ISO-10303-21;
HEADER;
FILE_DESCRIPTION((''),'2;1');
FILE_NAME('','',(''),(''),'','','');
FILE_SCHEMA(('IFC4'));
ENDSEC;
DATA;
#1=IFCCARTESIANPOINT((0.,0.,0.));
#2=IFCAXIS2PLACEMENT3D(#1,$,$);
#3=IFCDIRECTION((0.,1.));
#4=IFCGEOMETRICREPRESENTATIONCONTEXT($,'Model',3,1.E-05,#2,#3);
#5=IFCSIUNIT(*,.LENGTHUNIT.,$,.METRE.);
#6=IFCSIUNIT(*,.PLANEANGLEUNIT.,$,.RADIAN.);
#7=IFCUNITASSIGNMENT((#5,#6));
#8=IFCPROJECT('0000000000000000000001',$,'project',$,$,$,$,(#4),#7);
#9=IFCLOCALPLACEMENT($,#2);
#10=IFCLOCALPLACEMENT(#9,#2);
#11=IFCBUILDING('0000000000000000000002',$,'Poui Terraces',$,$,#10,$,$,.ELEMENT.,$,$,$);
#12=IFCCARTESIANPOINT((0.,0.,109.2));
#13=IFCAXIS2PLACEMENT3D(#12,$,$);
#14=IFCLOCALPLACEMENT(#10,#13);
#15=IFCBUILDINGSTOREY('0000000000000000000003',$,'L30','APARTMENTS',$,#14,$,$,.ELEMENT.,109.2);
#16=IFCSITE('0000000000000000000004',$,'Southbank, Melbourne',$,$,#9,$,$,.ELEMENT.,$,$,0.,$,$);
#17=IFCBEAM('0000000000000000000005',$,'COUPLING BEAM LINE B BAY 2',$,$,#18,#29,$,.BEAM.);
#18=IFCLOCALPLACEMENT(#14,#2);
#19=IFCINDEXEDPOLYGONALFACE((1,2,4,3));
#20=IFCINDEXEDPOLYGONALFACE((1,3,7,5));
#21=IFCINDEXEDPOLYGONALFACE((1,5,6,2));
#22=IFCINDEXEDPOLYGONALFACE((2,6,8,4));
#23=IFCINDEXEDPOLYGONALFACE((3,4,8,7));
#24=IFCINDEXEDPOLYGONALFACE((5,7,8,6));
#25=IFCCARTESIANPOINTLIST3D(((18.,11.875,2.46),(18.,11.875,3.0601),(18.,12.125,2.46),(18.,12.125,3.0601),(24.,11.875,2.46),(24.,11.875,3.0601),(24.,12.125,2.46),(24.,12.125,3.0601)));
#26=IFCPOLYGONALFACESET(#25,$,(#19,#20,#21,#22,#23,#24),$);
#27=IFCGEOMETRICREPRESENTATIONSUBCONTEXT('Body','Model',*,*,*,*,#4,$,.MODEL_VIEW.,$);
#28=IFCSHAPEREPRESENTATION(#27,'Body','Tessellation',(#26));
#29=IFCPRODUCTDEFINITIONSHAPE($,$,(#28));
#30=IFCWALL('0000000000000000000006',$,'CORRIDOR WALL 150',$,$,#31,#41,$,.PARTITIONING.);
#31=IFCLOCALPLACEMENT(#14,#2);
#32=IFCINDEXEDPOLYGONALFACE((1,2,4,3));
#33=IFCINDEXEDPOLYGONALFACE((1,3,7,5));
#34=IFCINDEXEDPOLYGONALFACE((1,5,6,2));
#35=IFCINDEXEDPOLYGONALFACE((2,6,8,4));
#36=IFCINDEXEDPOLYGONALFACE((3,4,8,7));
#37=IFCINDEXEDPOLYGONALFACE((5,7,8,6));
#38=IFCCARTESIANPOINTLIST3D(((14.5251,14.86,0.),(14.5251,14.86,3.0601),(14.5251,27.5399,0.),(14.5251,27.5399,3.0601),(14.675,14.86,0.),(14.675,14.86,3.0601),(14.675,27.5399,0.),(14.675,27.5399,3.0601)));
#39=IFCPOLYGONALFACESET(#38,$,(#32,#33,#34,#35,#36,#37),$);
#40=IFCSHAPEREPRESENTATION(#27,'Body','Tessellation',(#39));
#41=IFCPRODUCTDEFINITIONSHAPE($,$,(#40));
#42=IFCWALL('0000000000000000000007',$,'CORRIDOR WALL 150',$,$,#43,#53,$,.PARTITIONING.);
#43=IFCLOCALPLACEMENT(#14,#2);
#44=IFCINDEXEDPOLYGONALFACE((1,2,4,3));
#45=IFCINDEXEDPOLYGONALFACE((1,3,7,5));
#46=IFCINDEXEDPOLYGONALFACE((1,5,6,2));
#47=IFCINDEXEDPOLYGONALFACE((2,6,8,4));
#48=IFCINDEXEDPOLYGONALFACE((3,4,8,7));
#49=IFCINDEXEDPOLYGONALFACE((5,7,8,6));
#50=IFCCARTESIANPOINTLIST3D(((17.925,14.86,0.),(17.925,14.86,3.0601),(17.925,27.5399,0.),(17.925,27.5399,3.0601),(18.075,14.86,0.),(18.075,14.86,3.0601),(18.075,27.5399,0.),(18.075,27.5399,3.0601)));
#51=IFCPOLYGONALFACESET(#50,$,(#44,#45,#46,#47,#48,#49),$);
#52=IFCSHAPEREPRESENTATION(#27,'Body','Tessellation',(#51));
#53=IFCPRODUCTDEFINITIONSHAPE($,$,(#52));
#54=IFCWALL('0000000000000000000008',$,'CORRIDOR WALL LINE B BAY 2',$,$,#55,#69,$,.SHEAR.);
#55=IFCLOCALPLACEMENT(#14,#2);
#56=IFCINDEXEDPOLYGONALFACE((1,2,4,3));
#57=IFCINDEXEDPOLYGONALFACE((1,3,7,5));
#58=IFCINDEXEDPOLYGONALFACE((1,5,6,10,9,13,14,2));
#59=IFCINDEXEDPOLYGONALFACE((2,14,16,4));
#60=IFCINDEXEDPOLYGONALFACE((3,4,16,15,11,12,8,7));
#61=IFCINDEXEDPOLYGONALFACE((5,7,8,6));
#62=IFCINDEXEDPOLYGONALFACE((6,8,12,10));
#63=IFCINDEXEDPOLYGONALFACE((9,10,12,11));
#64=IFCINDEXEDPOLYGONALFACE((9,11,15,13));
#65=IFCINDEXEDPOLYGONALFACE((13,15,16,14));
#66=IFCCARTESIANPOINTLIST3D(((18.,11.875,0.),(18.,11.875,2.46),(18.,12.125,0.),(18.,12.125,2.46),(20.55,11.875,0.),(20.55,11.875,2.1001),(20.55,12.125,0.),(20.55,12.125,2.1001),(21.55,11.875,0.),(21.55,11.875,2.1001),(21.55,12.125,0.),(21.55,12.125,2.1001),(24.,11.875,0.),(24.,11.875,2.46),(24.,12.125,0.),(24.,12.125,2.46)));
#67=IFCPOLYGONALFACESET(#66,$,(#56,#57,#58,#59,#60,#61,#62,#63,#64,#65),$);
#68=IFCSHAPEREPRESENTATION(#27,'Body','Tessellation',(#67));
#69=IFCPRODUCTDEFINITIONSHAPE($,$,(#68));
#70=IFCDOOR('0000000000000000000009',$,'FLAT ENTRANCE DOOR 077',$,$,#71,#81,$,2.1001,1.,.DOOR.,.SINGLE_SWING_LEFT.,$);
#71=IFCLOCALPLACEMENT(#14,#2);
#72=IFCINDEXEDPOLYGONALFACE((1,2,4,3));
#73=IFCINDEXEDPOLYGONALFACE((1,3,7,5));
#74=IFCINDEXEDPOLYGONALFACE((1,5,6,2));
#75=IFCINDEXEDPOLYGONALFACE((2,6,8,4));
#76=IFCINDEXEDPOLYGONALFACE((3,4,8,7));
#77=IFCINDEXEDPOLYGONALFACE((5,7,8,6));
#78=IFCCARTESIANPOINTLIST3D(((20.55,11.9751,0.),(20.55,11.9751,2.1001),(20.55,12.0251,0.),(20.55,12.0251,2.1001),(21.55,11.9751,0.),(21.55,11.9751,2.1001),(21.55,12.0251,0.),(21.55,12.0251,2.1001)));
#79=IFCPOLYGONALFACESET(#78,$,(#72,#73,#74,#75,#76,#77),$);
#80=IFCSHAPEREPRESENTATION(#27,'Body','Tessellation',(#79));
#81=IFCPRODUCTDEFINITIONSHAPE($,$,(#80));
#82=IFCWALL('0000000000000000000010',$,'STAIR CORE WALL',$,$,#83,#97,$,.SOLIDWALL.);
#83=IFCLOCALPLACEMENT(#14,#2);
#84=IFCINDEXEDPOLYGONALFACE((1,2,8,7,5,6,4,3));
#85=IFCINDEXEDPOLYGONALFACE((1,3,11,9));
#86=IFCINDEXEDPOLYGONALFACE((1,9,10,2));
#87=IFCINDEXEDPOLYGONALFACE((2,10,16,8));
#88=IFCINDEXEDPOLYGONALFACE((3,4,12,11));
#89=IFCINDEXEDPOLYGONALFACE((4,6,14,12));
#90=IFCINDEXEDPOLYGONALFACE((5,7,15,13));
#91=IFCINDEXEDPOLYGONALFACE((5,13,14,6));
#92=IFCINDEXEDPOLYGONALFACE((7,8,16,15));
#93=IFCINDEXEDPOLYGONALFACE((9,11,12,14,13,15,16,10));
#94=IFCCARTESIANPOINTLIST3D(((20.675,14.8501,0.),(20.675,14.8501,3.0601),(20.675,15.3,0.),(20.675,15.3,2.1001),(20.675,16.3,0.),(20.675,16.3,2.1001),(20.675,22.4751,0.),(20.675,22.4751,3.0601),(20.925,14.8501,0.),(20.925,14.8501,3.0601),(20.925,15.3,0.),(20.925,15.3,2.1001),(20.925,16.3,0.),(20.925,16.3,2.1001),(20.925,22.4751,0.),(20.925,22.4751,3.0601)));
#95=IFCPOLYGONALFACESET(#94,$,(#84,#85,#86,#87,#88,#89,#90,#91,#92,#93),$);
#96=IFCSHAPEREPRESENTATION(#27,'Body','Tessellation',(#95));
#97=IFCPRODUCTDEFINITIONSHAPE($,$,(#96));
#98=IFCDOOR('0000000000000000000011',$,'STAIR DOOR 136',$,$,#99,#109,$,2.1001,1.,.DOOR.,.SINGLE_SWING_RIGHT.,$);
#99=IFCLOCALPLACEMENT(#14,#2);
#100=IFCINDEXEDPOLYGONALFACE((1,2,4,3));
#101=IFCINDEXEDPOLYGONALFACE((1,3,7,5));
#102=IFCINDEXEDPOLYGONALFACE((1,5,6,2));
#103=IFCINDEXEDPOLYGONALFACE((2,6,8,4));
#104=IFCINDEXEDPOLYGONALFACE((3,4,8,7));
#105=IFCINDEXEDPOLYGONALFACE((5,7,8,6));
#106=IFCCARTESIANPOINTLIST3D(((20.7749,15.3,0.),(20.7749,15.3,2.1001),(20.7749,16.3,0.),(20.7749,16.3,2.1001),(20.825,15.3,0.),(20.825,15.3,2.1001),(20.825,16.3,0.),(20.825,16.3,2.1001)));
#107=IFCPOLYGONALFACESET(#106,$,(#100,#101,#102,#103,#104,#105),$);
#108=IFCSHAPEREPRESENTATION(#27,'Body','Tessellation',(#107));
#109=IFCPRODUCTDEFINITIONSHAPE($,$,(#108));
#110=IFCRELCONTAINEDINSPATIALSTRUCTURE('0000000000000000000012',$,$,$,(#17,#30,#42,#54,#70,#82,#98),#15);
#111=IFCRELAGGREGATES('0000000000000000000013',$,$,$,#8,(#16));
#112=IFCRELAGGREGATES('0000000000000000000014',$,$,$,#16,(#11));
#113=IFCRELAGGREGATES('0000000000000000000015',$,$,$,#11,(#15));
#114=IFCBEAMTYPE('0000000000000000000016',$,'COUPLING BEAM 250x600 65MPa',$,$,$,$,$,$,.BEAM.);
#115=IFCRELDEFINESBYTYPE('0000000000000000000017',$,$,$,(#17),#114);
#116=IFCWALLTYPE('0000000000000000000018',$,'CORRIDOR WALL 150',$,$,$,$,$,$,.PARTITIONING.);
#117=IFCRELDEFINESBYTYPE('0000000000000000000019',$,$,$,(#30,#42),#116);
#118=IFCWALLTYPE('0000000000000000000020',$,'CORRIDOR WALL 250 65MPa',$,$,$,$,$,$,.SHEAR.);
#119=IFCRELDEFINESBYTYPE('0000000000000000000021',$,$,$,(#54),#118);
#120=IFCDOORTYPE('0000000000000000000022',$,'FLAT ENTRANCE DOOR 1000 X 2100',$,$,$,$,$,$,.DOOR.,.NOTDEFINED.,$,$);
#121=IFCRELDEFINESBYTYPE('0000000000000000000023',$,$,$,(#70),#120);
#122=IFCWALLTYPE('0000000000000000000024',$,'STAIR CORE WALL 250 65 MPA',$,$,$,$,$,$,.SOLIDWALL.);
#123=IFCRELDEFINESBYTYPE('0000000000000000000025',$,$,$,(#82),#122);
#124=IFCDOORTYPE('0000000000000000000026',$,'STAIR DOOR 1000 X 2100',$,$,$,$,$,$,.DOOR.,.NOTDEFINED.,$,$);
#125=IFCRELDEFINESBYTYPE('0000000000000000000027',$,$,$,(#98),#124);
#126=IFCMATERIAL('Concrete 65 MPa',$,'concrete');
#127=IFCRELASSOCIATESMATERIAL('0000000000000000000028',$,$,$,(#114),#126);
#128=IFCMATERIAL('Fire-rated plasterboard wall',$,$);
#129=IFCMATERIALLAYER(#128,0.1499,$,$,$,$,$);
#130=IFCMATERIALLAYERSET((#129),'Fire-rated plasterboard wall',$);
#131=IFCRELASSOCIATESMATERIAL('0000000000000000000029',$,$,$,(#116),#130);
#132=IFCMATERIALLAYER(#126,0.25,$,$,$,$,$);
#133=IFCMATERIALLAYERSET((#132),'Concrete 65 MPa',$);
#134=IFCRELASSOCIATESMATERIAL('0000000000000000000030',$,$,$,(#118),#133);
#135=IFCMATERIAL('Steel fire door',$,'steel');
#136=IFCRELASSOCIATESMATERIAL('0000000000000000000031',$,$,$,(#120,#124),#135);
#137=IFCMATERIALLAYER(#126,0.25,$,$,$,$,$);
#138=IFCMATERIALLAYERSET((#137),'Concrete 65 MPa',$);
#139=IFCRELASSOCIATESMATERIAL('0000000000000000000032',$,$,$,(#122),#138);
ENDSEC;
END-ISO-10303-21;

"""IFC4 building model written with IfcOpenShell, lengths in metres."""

from ifc_helpers import new_model, si_unit, direction, frame, frame_2d, origin, origin_2d, place, context, subcontext, project, spatial, rectangle, extrude, source, transform, mapped, material, layer, layer_set, material_profile, profile_set, type_object, element, fill, save


model = new_model("IFC4")

# Units and contexts
model_context = context("Model", 3, precision=1e-05, world=origin(), true_north=direction((0.0, 1.0)))
body_context = subcontext(model_context, "Body", "Model", "MODEL_VIEW")
ifc_project = project(units=[si_unit("LENGTHUNIT", "METRE"), si_unit("PLANEANGLEUNIT", "RADIAN")], contexts=[model_context])

# Site, building, storey
site_placement = place(None, origin())
site = spatial("IfcSite", under=ifc_project, at=site_placement, Name="Southbank, Melbourne", CompositionType="ELEMENT", RefElevation=0.0)
building_placement = place(site_placement, origin())
building = spatial("IfcBuilding", under=site, at=building_placement, Name="Poui Terraces", CompositionType="ELEMENT")
storey_placement = place(building_placement, frame((0.0, 0.0, 109.2)))
storey = spatial("IfcBuildingStorey", under=building, at=storey_placement, Name="L30", Description="APARTMENTS", CompositionType="ELEMENT", Elevation=109.2)

# Beam
ifc_material_1 = material(Name="Concrete 65 MPa", Category="concrete")
ifc_material_profile = material_profile(ifc_material_1, rectangle(XDim=0.25, YDim=0.6001, at=origin_2d()), Name="RC 250x600")
ifc_profile_set = profile_set([ifc_material_profile], Name="Concrete 65 MPa")
beam_type = type_object("IfcBeamType", Name="COUPLING BEAM 250x600 65MPa", PredefinedType="BEAM", material=ifc_profile_set)
shared_shape = source(origin(), body_context, "Body", "SweptSolid", [
    extrude(rectangle(XDim=0.25, YDim=0.6001, at=origin_2d()), origin(), (0.0, 0.0, 1.0), 6.0),
])
beam_placement = place(storey_placement, frame((18.0, 12.0, 2.76), z_axis=(1.0, 0.0, 0.0), x_axis=(0.0, 1.0, 0.0)))
element("IfcBeam", 1, at=beam_placement, inside=storey, type_object=beam_type, Name="COUPLING BEAM LINE B BAY 2", PredefinedType="BEAM", context=body_context, shape_type="MappedRepresentation", body=[
    mapped(shared_shape, transform((0.0, 0.0, 0.0))),
])

# Walls
ifc_material_2 = material(Name="Fire-rated plasterboard wall")
ifc_layer_1 = layer(ifc_material_2, 0.1499)
ifc_layer_set_1 = layer_set([ifc_layer_1], Name="Fire-rated plasterboard wall")
wall_type_1 = type_object("IfcWallType", Name="CORRIDOR WALL 150", PredefinedType="PARTITIONING", material=ifc_layer_set_1)
for number, where, z_axis, x_axis, name in (
    (2, (14.6001, 14.8601, 0.0), (0.0, 0.0, 1.0), (0.0, 1.0, 0.0), "CORRIDOR WALL 150"),
    (3, (18.0, 14.8601, 0.0), (0.0, 0.0, 1.0), (0.0, 1.0, 0.0), "CORRIDOR WALL 150"),
):
    element("IfcWall", number, at=place(storey_placement, frame(where, z_axis=z_axis, x_axis=x_axis)), inside=storey, type_object=wall_type_1, Name=name, PredefinedType="PARTITIONING", context=body_context, shape_type="SweptSolid", body=[
        extrude(rectangle(XDim=12.6799, YDim=0.1499, at=frame_2d((6.3398, 0.0))), origin(), (0.0, 0.0, 1.0), 3.0601),
    ])

# Wall, opening, door
ifc_layer_2 = layer(ifc_material_1, 0.25)
ifc_layer_set_2 = layer_set([ifc_layer_2], Name="Concrete 65 MPa")
wall_type_2 = type_object("IfcWallType", Name="CORRIDOR WALL 250 65MPa", PredefinedType="SHEAR", material=ifc_layer_set_2)
wall_1_placement = place(storey_placement, frame((18.0, 12.0, 0.0), z_axis=(0.0, 0.0, 1.0), x_axis=(1.0, 0.0, 0.0)))
wall_1 = element("IfcWall", 4, at=wall_1_placement, inside=storey, type_object=wall_type_2, Name="CORRIDOR WALL LINE B BAY 2", PredefinedType="SHEAR", context=body_context, shape_type="SweptSolid", body=[
    extrude(rectangle(XDim=6.0, YDim=0.25, at=frame_2d((3.0, 0.0))), origin(), (0.0, 0.0, 1.0), 2.46),
])
opening_1_placement = place(wall_1_placement, frame((2.55, 0.0, 0.0)))
opening_1 = element("IfcOpeningElement", 5, at=opening_1_placement, cuts=wall_1, PredefinedType="OPENING", context=body_context, shape_type="SweptSolid", body=[
    extrude(rectangle(XDim=1.0, YDim=2.1001, at=frame_2d((0.5, 1.05))), frame((0.0, 0.135, 0.0), z_axis=(0.0, -1.0, 0.0), x_axis=(1.0, 0.0, 0.0)), (0.0, 0.0, 1.0), 0.27),
])
ifc_material_3 = material(Name="Steel fire door", Category="steel")
door_type_1 = type_object("IfcDoorType", Name="FLAT ENTRANCE DOOR 1000 X 2100", OperationType="NOTDEFINED", PredefinedType="DOOR", material=ifc_material_3)
door_1_placement = place(opening_1_placement, frame((1.0, 0.0, 0.0), z_axis=(0.0, 0.0, 1.0), x_axis=(-1.0, 0.0, 0.0)))
door_1 = element("IfcDoor", 6, at=door_1_placement, inside=storey, type_object=door_type_1, Name="FLAT ENTRANCE DOOR 077", OperationType="SINGLE_SWING_LEFT", OverallHeight=2.1001, OverallWidth=1.0, PredefinedType="DOOR", context=body_context, shape_type="SweptSolid", body=[
    extrude(rectangle(XDim=1.0, YDim=2.1001, at=frame_2d((0.5, 1.05))), frame((0.0, 0.0249, 0.0), z_axis=(0.0, -1.0, 0.0), x_axis=(1.0, 0.0, 0.0)), (0.0, 0.0, 1.0), 0.05),
])
fill(opening_1, door_1)

# Shared definitions
door_type_2 = type_object("IfcDoorType", Name="STAIR DOOR 1000 X 2100", OperationType="NOTDEFINED", PredefinedType="DOOR", material=ifc_material_3)

# Wall, opening, door
ifc_layer_3 = layer(ifc_material_1, 0.25)
ifc_layer_set_3 = layer_set([ifc_layer_3], Name="Concrete 65 MPa")
wall_type_3 = type_object("IfcWallType", Name="STAIR CORE WALL 250 65 MPA", PredefinedType="SOLIDWALL", material=ifc_layer_set_3)
wall_2_placement = place(storey_placement, frame((20.8, 14.8501, 0.0), z_axis=(0.0, 0.0, 1.0), x_axis=(0.0, 1.0, 0.0)))
wall_2 = element("IfcWall", 7, at=wall_2_placement, inside=storey, type_object=wall_type_3, Name="STAIR CORE WALL", PredefinedType="SOLIDWALL", context=body_context, shape_type="SweptSolid", body=[
    extrude(rectangle(XDim=7.625, YDim=0.25, at=frame_2d((3.8125, 0.0))), origin(), (0.0, 0.0, 1.0), 3.0601),
])
opening_2_placement = place(wall_2_placement, frame((0.45, 0.0, 0.0)))
opening_2 = element("IfcOpeningElement", 8, at=opening_2_placement, cuts=wall_2, PredefinedType="OPENING", context=body_context, shape_type="SweptSolid", body=[
    extrude(rectangle(XDim=1.0, YDim=2.1001, at=frame_2d((0.5, 1.05))), frame((0.0, 0.135, 0.0), z_axis=(0.0, -1.0, 0.0), x_axis=(1.0, 0.0, 0.0)), (0.0, 0.0, 1.0), 0.27),
])
door_2_placement = place(opening_2_placement, frame((1.0, 0.0, 0.0), z_axis=(0.0, 0.0, 1.0), x_axis=(-1.0, 0.0, 0.0)))
door_2 = element("IfcDoor", 9, at=door_2_placement, inside=storey, type_object=door_type_2, Name="STAIR DOOR 136", OperationType="SINGLE_SWING_RIGHT", OverallHeight=2.1001, OverallWidth=1.0, PredefinedType="DOOR", context=body_context, shape_type="SweptSolid", body=[
    extrude(rectangle(XDim=1.0, YDim=2.1001, at=frame_2d((0.5, 1.05))), frame((0.0, 0.0249, 0.0), z_axis=(0.0, -1.0, 0.0), x_axis=(1.0, 0.0, 0.0)), (0.0, 0.0, 1.0), 0.05),
])
fill(opening_2, door_2)

save(model, "model.ifc")
